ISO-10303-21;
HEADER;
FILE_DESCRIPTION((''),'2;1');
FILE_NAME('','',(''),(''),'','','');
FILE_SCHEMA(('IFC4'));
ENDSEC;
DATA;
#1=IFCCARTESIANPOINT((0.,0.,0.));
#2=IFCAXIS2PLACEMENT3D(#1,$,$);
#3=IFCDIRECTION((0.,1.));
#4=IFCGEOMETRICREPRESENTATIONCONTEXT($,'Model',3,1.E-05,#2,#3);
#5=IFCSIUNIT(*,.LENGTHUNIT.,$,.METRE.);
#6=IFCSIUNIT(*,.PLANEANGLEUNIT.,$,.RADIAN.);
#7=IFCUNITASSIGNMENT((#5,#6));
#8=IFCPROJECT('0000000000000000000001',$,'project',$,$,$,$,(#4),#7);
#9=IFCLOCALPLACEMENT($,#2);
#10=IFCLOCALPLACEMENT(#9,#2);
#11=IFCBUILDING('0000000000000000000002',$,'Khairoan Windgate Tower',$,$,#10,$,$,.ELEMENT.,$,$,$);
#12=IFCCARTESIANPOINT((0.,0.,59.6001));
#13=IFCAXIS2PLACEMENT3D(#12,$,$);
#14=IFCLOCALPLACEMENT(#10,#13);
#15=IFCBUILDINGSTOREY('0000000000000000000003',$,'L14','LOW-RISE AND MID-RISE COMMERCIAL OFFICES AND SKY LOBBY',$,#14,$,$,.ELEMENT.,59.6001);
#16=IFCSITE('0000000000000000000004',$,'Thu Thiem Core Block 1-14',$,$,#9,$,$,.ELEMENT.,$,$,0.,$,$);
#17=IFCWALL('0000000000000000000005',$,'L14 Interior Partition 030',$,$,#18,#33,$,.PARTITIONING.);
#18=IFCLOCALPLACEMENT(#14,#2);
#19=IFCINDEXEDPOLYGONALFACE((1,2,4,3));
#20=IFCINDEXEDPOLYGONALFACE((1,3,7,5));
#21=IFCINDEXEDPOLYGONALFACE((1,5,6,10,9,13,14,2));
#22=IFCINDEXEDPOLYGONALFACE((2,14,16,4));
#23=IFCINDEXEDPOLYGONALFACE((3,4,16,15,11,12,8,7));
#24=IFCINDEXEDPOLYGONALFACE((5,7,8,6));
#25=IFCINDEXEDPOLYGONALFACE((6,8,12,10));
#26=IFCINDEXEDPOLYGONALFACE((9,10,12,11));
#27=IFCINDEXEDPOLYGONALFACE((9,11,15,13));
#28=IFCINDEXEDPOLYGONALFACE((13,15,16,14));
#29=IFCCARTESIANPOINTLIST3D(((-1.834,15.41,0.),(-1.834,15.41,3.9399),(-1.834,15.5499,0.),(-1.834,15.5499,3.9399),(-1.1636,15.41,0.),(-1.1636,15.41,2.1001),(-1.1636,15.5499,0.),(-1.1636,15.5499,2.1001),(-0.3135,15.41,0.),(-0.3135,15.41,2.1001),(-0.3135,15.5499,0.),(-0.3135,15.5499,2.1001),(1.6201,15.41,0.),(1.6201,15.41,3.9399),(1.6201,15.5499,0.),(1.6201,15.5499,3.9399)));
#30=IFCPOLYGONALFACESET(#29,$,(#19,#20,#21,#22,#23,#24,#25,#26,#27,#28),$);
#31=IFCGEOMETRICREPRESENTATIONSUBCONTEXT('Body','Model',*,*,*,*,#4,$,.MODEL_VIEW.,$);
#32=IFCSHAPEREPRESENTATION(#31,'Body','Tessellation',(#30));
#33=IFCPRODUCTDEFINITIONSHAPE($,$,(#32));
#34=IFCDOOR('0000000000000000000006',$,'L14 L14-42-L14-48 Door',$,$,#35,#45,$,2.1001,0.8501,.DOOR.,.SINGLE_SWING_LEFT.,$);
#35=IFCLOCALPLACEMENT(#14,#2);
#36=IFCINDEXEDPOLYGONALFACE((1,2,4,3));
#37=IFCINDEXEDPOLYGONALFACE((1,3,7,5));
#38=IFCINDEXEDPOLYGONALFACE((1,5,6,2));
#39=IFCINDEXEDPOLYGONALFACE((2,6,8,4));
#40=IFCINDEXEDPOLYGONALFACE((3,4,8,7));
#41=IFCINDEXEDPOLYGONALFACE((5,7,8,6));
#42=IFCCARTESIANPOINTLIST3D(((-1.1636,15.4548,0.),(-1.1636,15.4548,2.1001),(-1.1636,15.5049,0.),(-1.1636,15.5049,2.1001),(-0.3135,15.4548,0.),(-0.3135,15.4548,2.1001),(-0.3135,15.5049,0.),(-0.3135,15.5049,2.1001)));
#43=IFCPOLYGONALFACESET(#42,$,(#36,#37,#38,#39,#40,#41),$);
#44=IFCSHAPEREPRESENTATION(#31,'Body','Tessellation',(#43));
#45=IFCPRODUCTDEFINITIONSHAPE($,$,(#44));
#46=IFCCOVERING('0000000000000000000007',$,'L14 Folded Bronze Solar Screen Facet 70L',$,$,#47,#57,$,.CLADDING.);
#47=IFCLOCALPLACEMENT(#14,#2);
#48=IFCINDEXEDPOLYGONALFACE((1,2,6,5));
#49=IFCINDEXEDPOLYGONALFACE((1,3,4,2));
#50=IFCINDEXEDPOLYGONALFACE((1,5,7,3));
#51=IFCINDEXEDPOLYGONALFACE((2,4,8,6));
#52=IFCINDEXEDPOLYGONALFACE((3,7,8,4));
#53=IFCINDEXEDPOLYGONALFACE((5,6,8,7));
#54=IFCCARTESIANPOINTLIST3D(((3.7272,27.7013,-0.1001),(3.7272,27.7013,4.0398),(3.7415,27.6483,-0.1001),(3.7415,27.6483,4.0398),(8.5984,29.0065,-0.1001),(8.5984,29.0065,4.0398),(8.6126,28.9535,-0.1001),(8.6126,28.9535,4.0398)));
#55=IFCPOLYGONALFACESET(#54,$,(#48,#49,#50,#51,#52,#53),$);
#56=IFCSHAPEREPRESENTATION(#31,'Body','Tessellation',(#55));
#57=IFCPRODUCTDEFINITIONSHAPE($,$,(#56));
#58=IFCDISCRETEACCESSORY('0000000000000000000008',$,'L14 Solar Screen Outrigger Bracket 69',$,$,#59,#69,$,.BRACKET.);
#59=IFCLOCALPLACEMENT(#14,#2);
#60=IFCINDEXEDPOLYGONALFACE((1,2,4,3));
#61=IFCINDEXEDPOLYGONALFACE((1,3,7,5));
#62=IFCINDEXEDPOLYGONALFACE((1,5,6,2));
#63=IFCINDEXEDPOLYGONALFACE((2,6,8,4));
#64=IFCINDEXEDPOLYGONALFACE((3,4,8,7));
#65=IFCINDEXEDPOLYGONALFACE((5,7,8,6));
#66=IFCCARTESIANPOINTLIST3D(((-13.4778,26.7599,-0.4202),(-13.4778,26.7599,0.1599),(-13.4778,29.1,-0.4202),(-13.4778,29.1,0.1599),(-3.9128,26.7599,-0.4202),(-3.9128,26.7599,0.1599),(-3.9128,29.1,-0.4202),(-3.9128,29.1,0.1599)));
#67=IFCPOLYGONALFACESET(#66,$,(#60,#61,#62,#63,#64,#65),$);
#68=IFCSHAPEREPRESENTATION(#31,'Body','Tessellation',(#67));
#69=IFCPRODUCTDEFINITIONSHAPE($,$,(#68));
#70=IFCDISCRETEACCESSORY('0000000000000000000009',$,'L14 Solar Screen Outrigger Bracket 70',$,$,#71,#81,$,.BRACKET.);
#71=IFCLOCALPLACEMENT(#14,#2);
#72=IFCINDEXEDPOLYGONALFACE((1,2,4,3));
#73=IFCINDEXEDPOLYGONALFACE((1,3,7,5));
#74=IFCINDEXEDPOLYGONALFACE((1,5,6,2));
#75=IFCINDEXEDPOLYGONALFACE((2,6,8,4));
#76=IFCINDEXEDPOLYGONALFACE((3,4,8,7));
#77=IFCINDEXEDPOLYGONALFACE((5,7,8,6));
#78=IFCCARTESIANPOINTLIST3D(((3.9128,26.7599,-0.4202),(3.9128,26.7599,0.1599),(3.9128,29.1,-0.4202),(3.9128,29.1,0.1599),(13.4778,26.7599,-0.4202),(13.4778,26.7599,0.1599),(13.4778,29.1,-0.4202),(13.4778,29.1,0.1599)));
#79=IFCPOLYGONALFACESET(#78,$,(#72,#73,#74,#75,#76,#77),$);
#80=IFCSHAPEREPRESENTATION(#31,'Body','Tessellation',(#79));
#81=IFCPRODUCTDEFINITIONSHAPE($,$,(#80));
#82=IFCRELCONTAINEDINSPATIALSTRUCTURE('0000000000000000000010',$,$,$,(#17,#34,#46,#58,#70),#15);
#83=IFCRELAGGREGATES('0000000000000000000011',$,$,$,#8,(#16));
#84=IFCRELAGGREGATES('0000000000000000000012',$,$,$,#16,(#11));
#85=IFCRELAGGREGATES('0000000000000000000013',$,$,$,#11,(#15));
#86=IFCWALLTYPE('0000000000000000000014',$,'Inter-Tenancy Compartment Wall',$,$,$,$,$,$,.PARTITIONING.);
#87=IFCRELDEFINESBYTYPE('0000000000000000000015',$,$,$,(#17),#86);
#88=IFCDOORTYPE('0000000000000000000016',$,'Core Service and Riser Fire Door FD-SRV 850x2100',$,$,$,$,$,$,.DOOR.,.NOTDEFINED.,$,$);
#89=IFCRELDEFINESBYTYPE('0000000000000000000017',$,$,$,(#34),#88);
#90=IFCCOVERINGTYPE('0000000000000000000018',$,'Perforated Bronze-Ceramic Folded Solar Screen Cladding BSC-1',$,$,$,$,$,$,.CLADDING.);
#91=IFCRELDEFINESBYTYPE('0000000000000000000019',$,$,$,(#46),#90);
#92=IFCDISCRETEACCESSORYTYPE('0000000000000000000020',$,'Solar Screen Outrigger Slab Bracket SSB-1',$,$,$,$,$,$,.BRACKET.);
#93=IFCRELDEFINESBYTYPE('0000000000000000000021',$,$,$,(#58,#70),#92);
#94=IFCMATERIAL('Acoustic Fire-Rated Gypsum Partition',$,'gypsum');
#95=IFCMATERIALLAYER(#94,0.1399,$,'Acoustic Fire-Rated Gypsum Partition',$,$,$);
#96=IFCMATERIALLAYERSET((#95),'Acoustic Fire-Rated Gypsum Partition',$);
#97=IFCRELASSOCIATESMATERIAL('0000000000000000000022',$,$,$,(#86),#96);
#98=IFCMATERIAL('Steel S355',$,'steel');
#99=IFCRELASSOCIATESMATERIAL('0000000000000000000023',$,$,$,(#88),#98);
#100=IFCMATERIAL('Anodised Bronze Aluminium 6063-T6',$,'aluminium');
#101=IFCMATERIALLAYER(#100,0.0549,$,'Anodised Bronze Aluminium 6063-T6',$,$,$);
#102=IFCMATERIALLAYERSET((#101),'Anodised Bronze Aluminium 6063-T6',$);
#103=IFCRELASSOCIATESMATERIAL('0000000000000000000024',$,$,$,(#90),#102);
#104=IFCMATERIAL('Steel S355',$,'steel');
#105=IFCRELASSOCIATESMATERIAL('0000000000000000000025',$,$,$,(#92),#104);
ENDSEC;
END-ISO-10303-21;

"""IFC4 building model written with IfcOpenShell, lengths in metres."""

from ifc_helpers import new_model, si_unit, direction, frame, frame_2d, origin, origin_2d, place, context, subcontext, project, spatial, rectangle, extrude, material, layer, layer_set, type_object, element, fill, save


model = new_model("IFC4")

# Units and contexts
model_context = context("Model", 3, precision=1e-05, world=origin(), true_north=direction((0.0, 1.0)))
body_context = subcontext(model_context, "Body", "Model", "MODEL_VIEW")
ifc_project = project(units=[si_unit("LENGTHUNIT", "METRE"), si_unit("PLANEANGLEUNIT", "RADIAN")], contexts=[model_context])

# Site, building, storey
site_placement = place(None, origin())
site = spatial("IfcSite", under=ifc_project, at=site_placement, Name="Thu Thiem Core Block 1-14", CompositionType="ELEMENT", RefElevation=0.0)
building_placement = place(site_placement, origin())
building = spatial("IfcBuilding", under=site, at=building_placement, Name="Khairoan Windgate Tower", CompositionType="ELEMENT")
storey_placement = place(building_placement, frame((0.0, 0.0, 59.6001)))
storey = spatial("IfcBuildingStorey", under=building, at=storey_placement, Name="L14", Description="LOW-RISE AND MID-RISE COMMERCIAL OFFICES AND SKY LOBBY", CompositionType="ELEMENT", Elevation=59.6001)

# Shared definitions
ifc_material_1 = material(Name="Acoustic Fire-Rated Gypsum Partition", Category="gypsum")
ifc_layer_1 = layer(ifc_material_1, 0.1399, Name="Acoustic Fire-Rated Gypsum Partition")
ifc_layer_set_1 = layer_set([ifc_layer_1], Name="Acoustic Fire-Rated Gypsum Partition")
wall_type_1 = type_object("IfcWallType", Name="Inter-Tenancy Compartment Wall", PredefinedType="PARTITIONING", material=ifc_layer_set_1)
ifc_material_2 = material(Name="Steel S355", Category="steel")
door_type = type_object("IfcDoorType", Name="Core Service and Riser Fire Door FD-SRV 850x2100", OperationType="NOTDEFINED", PredefinedType="DOOR", material=ifc_material_2)

# Wall, opening, door
wall_1_placement = place(storey_placement, frame((-1.834, 15.48, 0.0), z_axis=(0.0, 0.0, 1.0), x_axis=(1.0, 0.0, 0.0)))
wall_1 = element("IfcWall", 1, at=wall_1_placement, inside=storey, type_object=wall_type_1, Name="L14 Interior Partition 030", PredefinedType="PARTITIONING", context=body_context, shape_type="SweptSolid", body=[
    extrude(rectangle(XDim=3.4541, YDim=0.1399, at=frame_2d((1.7271, 0.0))), origin(), (0.0, 0.0, 1.0), 3.9399),
])
opening_1_placement = place(wall_1_placement, frame((0.6704, 0.0, 0.0)))
opening_1 = element("IfcOpeningElement", 2, at=opening_1_placement, cuts=wall_1, PredefinedType="OPENING", context=body_context, shape_type="SweptSolid", body=[
    extrude(rectangle(XDim=0.8501, YDim=2.1001, at=frame_2d((0.425, 1.05))), frame((0.0, 0.0798, 0.0), z_axis=(0.0, -1.0, 0.0), x_axis=(1.0, 0.0, 0.0)), (0.0, 0.0, 1.0), 0.1599),
])
door_1_placement = place(opening_1_placement, origin())
door_1 = element("IfcDoor", 3, at=door_1_placement, inside=storey, type_object=door_type, Name="L14 L14-42-L14-48 Door", OperationType="SINGLE_SWING_LEFT", OverallHeight=2.1001, OverallWidth=0.8501, PredefinedType="DOOR", context=body_context, shape_type="SweptSolid", body=[
    extrude(rectangle(XDim=0.8501, YDim=2.1001, at=frame_2d((0.425, 1.05))), frame((0.0, 0.0249, 0.0), z_axis=(0.0, -1.0, 0.0), x_axis=(1.0, 0.0, 0.0)), (0.0, 0.0, 1.0), 0.05),
])
fill(opening_1, door_1)

# Covering
ifc_material_3 = material(Name="Anodised Bronze Aluminium 6063-T6", Category="aluminium")
ifc_layer_2 = layer(ifc_material_3, 0.0549, Name="Anodised Bronze Aluminium 6063-T6")
ifc_layer_set_2 = layer_set([ifc_layer_2], Name="Anodised Bronze Aluminium 6063-T6")
covering_type = type_object("IfcCoveringType", Name="Perforated Bronze-Ceramic Folded Solar Screen Cladding BSC-1", PredefinedType="CLADDING", material=ifc_layer_set_2)
covering_placement = place(storey_placement, frame((6.1699, 28.3274, -0.1001), z_axis=(0.0, 0.0, 1.0), x_axis=(0.965926, 0.258819, 0.0)))
element("IfcCovering", 4, at=covering_placement, inside=storey, type_object=covering_type, Name="L14 Folded Bronze Solar Screen Facet 70L", PredefinedType="CLADDING", context=body_context, shape_type="SweptSolid", body=[
    extrude(rectangle(XDim=5.043, YDim=0.0549, at=origin_2d()), origin(), (0.0, 0.0, 1.0), 4.1399),
])

# Discrete accessories
ifc_material_4 = material(Name="Steel S355", Category="steel")
discrete_accessory_type = type_object("IfcDiscreteAccessoryType", Name="Solar Screen Outrigger Slab Bracket SSB-1", PredefinedType="BRACKET", material=ifc_material_4)
for number, where, z_axis, x_axis, name in (
    (5, (-8.6953, 27.9299, -0.4202), (0.0, 0.0, 1.0), (1.0, 0.0, 0.0), "L14 Solar Screen Outrigger Bracket 69"),
    (6, (8.6953, 27.9299, -0.4202), (0.0, 0.0, 1.0), (1.0, 0.0, 0.0), "L14 Solar Screen Outrigger Bracket 70"),
):
    element("IfcDiscreteAccessory", number, at=place(storey_placement, frame(where, z_axis=z_axis, x_axis=x_axis)), inside=storey, type_object=discrete_accessory_type, Name=name, PredefinedType="BRACKET", context=body_context, shape_type="SweptSolid", body=[
        extrude(rectangle(XDim=9.5649, YDim=2.3401, at=origin_2d()), origin(), (0.0, 0.0, 1.0), 0.5801),
    ])

save(model, "model.ifc")
